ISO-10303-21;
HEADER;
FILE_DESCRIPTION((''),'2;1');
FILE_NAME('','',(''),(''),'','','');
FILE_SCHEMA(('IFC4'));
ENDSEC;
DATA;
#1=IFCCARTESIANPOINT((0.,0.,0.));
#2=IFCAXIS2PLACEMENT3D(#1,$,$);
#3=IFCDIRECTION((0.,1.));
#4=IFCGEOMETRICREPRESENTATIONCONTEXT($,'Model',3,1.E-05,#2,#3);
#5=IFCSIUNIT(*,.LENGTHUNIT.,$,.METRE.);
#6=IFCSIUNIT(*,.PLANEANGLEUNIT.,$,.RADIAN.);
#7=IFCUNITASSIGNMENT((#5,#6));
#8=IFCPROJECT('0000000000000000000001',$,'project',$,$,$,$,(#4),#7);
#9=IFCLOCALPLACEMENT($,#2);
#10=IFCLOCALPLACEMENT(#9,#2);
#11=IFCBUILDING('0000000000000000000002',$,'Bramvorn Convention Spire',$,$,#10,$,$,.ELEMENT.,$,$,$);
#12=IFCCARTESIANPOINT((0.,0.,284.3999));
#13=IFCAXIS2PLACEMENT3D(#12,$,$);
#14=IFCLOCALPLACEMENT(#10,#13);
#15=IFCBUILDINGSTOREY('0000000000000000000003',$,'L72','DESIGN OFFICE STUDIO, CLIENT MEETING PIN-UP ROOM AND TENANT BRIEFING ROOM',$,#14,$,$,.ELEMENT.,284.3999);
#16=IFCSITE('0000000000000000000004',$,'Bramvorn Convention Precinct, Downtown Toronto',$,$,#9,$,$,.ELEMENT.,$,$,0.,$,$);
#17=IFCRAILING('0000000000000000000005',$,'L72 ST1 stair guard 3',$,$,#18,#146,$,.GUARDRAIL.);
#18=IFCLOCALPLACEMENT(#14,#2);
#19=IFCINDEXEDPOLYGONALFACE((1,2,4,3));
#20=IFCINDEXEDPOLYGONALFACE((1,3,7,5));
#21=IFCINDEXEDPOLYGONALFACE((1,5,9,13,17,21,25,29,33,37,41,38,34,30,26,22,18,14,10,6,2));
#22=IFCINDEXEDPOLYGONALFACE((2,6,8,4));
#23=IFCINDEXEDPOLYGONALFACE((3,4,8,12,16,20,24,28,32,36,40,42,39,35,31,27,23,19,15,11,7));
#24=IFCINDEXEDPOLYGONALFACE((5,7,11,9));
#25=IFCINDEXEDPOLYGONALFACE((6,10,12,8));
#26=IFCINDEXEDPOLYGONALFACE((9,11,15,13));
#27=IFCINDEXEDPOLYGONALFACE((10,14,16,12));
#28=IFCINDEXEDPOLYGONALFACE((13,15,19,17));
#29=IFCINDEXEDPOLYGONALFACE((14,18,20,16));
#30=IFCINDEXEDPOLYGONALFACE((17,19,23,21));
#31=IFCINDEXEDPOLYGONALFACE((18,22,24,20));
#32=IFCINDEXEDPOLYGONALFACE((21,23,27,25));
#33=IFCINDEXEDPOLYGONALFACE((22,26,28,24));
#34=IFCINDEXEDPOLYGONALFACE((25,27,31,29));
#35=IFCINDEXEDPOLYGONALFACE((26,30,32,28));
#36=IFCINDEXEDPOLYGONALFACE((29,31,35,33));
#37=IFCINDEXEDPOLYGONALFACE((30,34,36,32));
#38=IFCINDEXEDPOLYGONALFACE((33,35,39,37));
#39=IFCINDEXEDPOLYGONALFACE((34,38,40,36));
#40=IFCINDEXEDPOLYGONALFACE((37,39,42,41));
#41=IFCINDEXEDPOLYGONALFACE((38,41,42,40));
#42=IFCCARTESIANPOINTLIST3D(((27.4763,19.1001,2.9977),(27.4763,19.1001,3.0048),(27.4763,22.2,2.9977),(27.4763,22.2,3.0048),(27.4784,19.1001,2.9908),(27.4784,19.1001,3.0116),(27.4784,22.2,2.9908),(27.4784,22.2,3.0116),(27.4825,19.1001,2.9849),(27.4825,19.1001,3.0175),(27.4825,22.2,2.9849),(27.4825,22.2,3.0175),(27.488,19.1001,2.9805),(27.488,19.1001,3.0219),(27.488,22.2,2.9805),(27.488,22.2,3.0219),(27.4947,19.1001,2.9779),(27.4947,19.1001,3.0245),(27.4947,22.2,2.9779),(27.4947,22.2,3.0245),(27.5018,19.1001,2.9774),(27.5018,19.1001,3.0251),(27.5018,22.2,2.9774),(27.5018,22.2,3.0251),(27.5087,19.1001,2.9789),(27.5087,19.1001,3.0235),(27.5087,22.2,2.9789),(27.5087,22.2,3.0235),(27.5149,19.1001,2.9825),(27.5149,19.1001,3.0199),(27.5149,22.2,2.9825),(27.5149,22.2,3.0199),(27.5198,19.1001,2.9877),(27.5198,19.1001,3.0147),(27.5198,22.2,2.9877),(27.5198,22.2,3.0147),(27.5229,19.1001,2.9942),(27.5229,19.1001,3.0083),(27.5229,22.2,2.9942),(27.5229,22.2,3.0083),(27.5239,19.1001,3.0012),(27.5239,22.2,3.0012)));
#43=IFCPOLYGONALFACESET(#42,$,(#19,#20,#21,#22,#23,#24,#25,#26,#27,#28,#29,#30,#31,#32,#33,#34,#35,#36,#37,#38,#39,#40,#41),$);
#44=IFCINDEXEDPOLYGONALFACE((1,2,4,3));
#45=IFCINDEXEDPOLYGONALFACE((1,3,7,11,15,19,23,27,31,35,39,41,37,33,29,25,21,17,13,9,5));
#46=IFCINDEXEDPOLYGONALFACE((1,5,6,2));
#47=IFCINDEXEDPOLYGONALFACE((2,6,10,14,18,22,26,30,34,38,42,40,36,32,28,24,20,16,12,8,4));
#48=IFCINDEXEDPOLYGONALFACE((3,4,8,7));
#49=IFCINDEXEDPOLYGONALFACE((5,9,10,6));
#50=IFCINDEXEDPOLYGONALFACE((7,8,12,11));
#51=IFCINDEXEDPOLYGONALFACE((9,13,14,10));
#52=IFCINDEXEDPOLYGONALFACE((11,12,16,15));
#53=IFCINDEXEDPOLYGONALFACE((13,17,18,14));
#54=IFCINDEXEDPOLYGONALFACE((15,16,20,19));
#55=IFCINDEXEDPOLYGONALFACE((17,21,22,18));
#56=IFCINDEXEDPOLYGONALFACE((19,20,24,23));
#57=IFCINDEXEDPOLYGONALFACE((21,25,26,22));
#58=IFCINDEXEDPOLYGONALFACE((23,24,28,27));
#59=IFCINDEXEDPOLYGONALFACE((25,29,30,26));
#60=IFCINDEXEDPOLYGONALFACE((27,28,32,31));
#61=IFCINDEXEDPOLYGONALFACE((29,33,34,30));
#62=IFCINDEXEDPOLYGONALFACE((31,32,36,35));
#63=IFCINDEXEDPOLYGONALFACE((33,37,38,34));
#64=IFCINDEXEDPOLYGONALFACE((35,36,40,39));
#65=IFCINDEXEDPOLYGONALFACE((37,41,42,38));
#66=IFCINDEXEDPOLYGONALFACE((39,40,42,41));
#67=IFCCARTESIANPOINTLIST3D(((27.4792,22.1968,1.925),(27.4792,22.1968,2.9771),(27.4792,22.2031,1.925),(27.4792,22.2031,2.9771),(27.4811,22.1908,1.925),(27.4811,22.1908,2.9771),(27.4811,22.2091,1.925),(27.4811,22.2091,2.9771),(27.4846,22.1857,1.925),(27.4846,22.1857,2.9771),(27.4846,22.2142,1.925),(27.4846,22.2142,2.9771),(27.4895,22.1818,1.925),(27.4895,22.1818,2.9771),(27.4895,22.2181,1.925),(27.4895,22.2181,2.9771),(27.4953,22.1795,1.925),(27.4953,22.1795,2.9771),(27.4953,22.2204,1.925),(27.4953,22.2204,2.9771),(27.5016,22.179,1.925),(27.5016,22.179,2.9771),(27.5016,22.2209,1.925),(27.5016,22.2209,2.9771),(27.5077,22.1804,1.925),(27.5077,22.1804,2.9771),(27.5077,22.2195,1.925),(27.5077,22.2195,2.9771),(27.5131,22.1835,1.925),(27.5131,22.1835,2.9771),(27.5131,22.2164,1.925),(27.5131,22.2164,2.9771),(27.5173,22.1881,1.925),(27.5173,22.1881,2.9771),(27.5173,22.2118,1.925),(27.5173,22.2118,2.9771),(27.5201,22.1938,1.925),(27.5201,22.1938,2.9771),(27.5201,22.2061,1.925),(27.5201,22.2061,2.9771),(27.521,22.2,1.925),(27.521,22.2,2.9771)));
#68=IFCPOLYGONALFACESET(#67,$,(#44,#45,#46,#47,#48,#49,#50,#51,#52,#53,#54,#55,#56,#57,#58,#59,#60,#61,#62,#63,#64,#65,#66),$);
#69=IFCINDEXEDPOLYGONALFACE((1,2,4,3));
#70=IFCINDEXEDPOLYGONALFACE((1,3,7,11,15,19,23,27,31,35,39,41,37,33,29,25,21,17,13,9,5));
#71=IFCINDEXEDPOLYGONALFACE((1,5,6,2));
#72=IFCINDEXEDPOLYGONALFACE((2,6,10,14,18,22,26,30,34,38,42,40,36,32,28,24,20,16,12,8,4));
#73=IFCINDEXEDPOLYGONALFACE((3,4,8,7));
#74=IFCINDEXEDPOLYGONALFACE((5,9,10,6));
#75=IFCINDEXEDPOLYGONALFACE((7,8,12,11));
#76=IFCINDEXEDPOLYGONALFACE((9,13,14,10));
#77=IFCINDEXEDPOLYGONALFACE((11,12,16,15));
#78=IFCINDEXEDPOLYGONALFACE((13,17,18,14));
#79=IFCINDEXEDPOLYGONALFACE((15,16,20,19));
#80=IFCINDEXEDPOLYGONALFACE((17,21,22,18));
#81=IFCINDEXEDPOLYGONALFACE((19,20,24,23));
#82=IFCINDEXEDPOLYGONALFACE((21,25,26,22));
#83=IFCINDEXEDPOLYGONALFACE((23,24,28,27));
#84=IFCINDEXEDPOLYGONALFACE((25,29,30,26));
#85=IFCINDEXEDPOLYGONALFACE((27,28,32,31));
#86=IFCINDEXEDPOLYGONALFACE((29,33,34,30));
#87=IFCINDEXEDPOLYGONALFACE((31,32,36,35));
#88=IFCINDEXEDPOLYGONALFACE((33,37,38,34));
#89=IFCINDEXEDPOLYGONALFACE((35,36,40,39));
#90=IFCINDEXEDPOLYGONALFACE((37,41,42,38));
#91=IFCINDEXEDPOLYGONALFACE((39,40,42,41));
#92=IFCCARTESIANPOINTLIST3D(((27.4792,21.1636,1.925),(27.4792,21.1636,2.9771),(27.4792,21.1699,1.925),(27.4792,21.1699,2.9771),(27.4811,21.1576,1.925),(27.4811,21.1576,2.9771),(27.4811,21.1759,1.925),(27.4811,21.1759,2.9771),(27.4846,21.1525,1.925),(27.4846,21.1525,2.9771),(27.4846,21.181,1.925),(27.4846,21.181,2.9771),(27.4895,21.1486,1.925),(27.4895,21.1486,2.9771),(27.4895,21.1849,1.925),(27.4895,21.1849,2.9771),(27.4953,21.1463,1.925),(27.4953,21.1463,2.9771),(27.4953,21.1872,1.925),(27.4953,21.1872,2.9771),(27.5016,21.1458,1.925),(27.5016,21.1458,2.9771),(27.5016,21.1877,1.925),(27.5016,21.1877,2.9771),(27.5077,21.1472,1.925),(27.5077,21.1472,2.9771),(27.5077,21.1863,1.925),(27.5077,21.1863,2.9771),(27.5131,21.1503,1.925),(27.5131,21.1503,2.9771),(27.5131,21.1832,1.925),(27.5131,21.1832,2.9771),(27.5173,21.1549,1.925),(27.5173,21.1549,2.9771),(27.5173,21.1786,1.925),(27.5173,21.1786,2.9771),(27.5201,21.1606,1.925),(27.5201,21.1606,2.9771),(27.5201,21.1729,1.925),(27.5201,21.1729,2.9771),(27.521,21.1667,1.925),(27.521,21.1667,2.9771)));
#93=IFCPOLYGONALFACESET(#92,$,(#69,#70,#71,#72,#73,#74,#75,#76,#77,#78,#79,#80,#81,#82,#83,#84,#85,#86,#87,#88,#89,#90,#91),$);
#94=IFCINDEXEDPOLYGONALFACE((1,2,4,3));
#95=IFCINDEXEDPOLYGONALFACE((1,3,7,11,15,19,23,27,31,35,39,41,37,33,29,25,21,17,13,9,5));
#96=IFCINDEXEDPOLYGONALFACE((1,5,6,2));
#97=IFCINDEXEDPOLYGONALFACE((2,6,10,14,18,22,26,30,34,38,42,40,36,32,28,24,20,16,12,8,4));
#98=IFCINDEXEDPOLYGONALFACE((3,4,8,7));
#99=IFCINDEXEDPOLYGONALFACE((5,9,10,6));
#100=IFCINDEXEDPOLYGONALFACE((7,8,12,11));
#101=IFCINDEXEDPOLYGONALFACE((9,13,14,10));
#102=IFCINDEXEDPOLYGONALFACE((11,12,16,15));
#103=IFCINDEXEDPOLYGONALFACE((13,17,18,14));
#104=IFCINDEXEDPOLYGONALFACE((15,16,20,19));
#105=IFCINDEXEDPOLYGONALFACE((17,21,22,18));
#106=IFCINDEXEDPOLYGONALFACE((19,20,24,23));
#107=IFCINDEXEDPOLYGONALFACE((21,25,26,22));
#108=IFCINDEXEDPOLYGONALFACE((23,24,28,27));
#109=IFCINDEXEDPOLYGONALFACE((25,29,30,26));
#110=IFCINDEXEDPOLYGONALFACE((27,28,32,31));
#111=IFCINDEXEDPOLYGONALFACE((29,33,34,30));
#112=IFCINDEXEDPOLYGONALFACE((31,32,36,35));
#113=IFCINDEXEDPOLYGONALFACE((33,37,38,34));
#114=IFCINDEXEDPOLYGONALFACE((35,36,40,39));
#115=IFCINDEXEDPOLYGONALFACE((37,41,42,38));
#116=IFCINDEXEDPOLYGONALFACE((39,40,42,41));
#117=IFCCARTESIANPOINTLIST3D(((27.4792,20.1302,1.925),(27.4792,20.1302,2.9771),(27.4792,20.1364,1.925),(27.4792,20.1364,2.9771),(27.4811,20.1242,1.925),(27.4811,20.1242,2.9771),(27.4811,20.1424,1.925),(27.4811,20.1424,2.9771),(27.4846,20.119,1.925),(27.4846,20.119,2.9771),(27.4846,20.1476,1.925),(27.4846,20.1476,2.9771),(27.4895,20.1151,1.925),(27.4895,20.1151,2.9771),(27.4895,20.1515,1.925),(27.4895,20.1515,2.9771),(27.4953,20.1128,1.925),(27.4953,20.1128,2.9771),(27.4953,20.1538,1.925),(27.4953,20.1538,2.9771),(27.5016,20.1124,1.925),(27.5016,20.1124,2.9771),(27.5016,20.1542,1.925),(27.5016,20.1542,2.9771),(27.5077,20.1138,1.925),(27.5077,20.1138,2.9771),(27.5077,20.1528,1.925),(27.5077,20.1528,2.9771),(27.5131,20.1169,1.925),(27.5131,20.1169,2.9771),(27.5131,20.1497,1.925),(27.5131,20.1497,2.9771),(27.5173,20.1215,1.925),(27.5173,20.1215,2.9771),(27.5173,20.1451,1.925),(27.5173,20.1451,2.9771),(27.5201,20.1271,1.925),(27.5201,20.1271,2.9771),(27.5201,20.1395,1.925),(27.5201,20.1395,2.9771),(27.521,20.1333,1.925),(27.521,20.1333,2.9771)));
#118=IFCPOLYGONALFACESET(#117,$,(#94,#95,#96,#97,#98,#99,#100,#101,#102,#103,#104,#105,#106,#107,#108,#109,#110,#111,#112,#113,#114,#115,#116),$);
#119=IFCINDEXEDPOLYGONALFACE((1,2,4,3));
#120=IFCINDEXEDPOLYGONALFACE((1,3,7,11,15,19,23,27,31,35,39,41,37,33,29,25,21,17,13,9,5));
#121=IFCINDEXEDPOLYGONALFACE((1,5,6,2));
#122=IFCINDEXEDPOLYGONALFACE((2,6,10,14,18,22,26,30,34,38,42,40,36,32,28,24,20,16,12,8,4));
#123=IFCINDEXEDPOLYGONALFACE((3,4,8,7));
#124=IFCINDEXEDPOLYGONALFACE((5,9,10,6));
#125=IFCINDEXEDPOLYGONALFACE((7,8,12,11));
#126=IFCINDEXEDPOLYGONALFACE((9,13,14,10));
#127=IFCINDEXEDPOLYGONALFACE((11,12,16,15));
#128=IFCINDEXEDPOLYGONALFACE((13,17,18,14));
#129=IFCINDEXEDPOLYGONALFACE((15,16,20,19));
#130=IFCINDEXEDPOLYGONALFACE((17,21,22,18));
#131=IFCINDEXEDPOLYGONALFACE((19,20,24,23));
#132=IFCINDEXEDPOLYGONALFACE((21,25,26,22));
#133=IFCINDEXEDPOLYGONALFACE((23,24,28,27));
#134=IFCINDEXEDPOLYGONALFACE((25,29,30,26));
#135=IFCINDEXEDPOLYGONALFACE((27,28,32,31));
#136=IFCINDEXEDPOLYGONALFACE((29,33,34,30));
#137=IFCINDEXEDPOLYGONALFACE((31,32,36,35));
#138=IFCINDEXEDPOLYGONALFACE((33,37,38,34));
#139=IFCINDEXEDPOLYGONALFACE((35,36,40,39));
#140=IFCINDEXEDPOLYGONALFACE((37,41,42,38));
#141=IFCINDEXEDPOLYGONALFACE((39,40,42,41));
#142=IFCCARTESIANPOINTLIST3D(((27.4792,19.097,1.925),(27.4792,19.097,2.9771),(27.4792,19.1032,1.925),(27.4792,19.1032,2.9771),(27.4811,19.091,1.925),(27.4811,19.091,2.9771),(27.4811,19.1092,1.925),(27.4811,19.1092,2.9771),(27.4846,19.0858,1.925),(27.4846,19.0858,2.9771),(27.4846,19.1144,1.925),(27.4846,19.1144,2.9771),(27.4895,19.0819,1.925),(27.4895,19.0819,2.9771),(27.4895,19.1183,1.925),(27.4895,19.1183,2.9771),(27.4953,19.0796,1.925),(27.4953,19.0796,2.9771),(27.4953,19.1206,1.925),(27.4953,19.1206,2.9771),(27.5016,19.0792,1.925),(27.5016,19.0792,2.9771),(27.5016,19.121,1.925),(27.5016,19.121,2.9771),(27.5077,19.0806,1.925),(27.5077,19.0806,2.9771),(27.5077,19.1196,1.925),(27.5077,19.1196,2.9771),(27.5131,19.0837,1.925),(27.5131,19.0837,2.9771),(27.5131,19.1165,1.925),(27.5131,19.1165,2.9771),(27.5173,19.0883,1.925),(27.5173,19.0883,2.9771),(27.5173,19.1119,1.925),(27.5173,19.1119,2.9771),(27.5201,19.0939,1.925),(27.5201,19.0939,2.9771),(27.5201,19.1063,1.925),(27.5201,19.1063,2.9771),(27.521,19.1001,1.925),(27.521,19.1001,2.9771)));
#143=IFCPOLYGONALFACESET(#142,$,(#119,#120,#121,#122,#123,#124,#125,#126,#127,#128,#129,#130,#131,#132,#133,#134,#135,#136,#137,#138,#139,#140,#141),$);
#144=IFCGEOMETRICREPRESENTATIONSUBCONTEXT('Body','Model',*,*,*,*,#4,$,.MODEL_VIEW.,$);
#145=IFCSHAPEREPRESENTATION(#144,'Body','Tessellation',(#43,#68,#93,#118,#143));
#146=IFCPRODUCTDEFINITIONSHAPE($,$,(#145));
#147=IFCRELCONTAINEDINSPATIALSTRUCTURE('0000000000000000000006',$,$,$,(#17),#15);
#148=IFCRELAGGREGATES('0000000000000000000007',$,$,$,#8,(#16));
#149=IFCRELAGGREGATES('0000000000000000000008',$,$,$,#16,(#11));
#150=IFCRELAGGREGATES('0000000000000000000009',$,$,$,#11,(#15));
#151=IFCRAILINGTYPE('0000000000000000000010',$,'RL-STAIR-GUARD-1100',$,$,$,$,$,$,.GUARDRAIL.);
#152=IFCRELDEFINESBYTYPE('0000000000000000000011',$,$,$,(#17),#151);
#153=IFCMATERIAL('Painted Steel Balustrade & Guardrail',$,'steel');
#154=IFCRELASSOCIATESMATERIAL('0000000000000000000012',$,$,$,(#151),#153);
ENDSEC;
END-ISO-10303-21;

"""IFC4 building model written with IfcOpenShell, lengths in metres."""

from ifc_helpers import new_model, si_unit, direction, frame, origin, origin_2d, place, context, subcontext, project, spatial, circle, extrude, material, type_object, element, save


model = new_model("IFC4")

# Units and contexts
model_context = context("Model", 3, precision=1e-05, world=origin(), true_north=direction((0.0, 1.0)))
body_context = subcontext(model_context, "Body", "Model", "MODEL_VIEW")
ifc_project = project(units=[si_unit("LENGTHUNIT", "METRE"), si_unit("PLANEANGLEUNIT", "RADIAN")], contexts=[model_context])

# Site, building, storey
site_placement = place(None, origin())
site = spatial("IfcSite", under=ifc_project, at=site_placement, Name="Bramvorn Convention Precinct, Downtown Toronto", CompositionType="ELEMENT", RefElevation=0.0)
building_placement = place(site_placement, origin())
building = spatial("IfcBuilding", under=site, at=building_placement, Name="Bramvorn Convention Spire", CompositionType="ELEMENT")
storey_placement = place(building_placement, frame((0.0, 0.0, 284.3999)))
storey = spatial("IfcBuildingStorey", under=building, at=storey_placement, Name="L72", Description="DESIGN OFFICE STUDIO, CLIENT MEETING PIN-UP ROOM AND TENANT BRIEFING ROOM", CompositionType="ELEMENT", Elevation=284.3999)

# Railing
ifc_material_1 = material(Name="Painted Steel Balustrade & Guardrail", Category="steel")
railing_type_1 = type_object("IfcRailingType", Name="RL-STAIR-GUARD-1100", PredefinedType="GUARDRAIL", material=ifc_material_1)
for number, where, name in (
    (1, (27.5, 22.2, 1.925), "L72 ST1 stair guard 3"),
):
    element("IfcRailing", number, at=place(storey_placement, frame(where)), inside=storey, type_object=railing_type_1, Name=name, PredefinedType="GUARDRAIL", context=body_context, shape_type="SweptSolid", body=[
        extrude(circle(Radius=0.0239, at=origin_2d()), frame((0.0, 0.0, 1.0762), z_axis=(0.0, -1.0, 0.0), x_axis=(1.0, 0.0, 0.0)), (0.0, 0.0, 1.0), 3.0999),
        extrude(circle(Radius=0.021, at=origin_2d()), origin(), (0.0, 0.0, 1.0), 1.052),
        extrude(circle(Radius=0.021, at=origin_2d()), frame((0.0, -1.0332, 0.0)), (0.0, 0.0, 1.0), 1.052),
        extrude(circle(Radius=0.021, at=origin_2d()), frame((0.0, -2.0667, 0.0)), (0.0, 0.0, 1.0), 1.052),
        extrude(circle(Radius=0.021, at=origin_2d()), frame((0.0, -3.0999, 0.0)), (0.0, 0.0, 1.0), 1.052),
    ])

save(model, "model.ifc")
